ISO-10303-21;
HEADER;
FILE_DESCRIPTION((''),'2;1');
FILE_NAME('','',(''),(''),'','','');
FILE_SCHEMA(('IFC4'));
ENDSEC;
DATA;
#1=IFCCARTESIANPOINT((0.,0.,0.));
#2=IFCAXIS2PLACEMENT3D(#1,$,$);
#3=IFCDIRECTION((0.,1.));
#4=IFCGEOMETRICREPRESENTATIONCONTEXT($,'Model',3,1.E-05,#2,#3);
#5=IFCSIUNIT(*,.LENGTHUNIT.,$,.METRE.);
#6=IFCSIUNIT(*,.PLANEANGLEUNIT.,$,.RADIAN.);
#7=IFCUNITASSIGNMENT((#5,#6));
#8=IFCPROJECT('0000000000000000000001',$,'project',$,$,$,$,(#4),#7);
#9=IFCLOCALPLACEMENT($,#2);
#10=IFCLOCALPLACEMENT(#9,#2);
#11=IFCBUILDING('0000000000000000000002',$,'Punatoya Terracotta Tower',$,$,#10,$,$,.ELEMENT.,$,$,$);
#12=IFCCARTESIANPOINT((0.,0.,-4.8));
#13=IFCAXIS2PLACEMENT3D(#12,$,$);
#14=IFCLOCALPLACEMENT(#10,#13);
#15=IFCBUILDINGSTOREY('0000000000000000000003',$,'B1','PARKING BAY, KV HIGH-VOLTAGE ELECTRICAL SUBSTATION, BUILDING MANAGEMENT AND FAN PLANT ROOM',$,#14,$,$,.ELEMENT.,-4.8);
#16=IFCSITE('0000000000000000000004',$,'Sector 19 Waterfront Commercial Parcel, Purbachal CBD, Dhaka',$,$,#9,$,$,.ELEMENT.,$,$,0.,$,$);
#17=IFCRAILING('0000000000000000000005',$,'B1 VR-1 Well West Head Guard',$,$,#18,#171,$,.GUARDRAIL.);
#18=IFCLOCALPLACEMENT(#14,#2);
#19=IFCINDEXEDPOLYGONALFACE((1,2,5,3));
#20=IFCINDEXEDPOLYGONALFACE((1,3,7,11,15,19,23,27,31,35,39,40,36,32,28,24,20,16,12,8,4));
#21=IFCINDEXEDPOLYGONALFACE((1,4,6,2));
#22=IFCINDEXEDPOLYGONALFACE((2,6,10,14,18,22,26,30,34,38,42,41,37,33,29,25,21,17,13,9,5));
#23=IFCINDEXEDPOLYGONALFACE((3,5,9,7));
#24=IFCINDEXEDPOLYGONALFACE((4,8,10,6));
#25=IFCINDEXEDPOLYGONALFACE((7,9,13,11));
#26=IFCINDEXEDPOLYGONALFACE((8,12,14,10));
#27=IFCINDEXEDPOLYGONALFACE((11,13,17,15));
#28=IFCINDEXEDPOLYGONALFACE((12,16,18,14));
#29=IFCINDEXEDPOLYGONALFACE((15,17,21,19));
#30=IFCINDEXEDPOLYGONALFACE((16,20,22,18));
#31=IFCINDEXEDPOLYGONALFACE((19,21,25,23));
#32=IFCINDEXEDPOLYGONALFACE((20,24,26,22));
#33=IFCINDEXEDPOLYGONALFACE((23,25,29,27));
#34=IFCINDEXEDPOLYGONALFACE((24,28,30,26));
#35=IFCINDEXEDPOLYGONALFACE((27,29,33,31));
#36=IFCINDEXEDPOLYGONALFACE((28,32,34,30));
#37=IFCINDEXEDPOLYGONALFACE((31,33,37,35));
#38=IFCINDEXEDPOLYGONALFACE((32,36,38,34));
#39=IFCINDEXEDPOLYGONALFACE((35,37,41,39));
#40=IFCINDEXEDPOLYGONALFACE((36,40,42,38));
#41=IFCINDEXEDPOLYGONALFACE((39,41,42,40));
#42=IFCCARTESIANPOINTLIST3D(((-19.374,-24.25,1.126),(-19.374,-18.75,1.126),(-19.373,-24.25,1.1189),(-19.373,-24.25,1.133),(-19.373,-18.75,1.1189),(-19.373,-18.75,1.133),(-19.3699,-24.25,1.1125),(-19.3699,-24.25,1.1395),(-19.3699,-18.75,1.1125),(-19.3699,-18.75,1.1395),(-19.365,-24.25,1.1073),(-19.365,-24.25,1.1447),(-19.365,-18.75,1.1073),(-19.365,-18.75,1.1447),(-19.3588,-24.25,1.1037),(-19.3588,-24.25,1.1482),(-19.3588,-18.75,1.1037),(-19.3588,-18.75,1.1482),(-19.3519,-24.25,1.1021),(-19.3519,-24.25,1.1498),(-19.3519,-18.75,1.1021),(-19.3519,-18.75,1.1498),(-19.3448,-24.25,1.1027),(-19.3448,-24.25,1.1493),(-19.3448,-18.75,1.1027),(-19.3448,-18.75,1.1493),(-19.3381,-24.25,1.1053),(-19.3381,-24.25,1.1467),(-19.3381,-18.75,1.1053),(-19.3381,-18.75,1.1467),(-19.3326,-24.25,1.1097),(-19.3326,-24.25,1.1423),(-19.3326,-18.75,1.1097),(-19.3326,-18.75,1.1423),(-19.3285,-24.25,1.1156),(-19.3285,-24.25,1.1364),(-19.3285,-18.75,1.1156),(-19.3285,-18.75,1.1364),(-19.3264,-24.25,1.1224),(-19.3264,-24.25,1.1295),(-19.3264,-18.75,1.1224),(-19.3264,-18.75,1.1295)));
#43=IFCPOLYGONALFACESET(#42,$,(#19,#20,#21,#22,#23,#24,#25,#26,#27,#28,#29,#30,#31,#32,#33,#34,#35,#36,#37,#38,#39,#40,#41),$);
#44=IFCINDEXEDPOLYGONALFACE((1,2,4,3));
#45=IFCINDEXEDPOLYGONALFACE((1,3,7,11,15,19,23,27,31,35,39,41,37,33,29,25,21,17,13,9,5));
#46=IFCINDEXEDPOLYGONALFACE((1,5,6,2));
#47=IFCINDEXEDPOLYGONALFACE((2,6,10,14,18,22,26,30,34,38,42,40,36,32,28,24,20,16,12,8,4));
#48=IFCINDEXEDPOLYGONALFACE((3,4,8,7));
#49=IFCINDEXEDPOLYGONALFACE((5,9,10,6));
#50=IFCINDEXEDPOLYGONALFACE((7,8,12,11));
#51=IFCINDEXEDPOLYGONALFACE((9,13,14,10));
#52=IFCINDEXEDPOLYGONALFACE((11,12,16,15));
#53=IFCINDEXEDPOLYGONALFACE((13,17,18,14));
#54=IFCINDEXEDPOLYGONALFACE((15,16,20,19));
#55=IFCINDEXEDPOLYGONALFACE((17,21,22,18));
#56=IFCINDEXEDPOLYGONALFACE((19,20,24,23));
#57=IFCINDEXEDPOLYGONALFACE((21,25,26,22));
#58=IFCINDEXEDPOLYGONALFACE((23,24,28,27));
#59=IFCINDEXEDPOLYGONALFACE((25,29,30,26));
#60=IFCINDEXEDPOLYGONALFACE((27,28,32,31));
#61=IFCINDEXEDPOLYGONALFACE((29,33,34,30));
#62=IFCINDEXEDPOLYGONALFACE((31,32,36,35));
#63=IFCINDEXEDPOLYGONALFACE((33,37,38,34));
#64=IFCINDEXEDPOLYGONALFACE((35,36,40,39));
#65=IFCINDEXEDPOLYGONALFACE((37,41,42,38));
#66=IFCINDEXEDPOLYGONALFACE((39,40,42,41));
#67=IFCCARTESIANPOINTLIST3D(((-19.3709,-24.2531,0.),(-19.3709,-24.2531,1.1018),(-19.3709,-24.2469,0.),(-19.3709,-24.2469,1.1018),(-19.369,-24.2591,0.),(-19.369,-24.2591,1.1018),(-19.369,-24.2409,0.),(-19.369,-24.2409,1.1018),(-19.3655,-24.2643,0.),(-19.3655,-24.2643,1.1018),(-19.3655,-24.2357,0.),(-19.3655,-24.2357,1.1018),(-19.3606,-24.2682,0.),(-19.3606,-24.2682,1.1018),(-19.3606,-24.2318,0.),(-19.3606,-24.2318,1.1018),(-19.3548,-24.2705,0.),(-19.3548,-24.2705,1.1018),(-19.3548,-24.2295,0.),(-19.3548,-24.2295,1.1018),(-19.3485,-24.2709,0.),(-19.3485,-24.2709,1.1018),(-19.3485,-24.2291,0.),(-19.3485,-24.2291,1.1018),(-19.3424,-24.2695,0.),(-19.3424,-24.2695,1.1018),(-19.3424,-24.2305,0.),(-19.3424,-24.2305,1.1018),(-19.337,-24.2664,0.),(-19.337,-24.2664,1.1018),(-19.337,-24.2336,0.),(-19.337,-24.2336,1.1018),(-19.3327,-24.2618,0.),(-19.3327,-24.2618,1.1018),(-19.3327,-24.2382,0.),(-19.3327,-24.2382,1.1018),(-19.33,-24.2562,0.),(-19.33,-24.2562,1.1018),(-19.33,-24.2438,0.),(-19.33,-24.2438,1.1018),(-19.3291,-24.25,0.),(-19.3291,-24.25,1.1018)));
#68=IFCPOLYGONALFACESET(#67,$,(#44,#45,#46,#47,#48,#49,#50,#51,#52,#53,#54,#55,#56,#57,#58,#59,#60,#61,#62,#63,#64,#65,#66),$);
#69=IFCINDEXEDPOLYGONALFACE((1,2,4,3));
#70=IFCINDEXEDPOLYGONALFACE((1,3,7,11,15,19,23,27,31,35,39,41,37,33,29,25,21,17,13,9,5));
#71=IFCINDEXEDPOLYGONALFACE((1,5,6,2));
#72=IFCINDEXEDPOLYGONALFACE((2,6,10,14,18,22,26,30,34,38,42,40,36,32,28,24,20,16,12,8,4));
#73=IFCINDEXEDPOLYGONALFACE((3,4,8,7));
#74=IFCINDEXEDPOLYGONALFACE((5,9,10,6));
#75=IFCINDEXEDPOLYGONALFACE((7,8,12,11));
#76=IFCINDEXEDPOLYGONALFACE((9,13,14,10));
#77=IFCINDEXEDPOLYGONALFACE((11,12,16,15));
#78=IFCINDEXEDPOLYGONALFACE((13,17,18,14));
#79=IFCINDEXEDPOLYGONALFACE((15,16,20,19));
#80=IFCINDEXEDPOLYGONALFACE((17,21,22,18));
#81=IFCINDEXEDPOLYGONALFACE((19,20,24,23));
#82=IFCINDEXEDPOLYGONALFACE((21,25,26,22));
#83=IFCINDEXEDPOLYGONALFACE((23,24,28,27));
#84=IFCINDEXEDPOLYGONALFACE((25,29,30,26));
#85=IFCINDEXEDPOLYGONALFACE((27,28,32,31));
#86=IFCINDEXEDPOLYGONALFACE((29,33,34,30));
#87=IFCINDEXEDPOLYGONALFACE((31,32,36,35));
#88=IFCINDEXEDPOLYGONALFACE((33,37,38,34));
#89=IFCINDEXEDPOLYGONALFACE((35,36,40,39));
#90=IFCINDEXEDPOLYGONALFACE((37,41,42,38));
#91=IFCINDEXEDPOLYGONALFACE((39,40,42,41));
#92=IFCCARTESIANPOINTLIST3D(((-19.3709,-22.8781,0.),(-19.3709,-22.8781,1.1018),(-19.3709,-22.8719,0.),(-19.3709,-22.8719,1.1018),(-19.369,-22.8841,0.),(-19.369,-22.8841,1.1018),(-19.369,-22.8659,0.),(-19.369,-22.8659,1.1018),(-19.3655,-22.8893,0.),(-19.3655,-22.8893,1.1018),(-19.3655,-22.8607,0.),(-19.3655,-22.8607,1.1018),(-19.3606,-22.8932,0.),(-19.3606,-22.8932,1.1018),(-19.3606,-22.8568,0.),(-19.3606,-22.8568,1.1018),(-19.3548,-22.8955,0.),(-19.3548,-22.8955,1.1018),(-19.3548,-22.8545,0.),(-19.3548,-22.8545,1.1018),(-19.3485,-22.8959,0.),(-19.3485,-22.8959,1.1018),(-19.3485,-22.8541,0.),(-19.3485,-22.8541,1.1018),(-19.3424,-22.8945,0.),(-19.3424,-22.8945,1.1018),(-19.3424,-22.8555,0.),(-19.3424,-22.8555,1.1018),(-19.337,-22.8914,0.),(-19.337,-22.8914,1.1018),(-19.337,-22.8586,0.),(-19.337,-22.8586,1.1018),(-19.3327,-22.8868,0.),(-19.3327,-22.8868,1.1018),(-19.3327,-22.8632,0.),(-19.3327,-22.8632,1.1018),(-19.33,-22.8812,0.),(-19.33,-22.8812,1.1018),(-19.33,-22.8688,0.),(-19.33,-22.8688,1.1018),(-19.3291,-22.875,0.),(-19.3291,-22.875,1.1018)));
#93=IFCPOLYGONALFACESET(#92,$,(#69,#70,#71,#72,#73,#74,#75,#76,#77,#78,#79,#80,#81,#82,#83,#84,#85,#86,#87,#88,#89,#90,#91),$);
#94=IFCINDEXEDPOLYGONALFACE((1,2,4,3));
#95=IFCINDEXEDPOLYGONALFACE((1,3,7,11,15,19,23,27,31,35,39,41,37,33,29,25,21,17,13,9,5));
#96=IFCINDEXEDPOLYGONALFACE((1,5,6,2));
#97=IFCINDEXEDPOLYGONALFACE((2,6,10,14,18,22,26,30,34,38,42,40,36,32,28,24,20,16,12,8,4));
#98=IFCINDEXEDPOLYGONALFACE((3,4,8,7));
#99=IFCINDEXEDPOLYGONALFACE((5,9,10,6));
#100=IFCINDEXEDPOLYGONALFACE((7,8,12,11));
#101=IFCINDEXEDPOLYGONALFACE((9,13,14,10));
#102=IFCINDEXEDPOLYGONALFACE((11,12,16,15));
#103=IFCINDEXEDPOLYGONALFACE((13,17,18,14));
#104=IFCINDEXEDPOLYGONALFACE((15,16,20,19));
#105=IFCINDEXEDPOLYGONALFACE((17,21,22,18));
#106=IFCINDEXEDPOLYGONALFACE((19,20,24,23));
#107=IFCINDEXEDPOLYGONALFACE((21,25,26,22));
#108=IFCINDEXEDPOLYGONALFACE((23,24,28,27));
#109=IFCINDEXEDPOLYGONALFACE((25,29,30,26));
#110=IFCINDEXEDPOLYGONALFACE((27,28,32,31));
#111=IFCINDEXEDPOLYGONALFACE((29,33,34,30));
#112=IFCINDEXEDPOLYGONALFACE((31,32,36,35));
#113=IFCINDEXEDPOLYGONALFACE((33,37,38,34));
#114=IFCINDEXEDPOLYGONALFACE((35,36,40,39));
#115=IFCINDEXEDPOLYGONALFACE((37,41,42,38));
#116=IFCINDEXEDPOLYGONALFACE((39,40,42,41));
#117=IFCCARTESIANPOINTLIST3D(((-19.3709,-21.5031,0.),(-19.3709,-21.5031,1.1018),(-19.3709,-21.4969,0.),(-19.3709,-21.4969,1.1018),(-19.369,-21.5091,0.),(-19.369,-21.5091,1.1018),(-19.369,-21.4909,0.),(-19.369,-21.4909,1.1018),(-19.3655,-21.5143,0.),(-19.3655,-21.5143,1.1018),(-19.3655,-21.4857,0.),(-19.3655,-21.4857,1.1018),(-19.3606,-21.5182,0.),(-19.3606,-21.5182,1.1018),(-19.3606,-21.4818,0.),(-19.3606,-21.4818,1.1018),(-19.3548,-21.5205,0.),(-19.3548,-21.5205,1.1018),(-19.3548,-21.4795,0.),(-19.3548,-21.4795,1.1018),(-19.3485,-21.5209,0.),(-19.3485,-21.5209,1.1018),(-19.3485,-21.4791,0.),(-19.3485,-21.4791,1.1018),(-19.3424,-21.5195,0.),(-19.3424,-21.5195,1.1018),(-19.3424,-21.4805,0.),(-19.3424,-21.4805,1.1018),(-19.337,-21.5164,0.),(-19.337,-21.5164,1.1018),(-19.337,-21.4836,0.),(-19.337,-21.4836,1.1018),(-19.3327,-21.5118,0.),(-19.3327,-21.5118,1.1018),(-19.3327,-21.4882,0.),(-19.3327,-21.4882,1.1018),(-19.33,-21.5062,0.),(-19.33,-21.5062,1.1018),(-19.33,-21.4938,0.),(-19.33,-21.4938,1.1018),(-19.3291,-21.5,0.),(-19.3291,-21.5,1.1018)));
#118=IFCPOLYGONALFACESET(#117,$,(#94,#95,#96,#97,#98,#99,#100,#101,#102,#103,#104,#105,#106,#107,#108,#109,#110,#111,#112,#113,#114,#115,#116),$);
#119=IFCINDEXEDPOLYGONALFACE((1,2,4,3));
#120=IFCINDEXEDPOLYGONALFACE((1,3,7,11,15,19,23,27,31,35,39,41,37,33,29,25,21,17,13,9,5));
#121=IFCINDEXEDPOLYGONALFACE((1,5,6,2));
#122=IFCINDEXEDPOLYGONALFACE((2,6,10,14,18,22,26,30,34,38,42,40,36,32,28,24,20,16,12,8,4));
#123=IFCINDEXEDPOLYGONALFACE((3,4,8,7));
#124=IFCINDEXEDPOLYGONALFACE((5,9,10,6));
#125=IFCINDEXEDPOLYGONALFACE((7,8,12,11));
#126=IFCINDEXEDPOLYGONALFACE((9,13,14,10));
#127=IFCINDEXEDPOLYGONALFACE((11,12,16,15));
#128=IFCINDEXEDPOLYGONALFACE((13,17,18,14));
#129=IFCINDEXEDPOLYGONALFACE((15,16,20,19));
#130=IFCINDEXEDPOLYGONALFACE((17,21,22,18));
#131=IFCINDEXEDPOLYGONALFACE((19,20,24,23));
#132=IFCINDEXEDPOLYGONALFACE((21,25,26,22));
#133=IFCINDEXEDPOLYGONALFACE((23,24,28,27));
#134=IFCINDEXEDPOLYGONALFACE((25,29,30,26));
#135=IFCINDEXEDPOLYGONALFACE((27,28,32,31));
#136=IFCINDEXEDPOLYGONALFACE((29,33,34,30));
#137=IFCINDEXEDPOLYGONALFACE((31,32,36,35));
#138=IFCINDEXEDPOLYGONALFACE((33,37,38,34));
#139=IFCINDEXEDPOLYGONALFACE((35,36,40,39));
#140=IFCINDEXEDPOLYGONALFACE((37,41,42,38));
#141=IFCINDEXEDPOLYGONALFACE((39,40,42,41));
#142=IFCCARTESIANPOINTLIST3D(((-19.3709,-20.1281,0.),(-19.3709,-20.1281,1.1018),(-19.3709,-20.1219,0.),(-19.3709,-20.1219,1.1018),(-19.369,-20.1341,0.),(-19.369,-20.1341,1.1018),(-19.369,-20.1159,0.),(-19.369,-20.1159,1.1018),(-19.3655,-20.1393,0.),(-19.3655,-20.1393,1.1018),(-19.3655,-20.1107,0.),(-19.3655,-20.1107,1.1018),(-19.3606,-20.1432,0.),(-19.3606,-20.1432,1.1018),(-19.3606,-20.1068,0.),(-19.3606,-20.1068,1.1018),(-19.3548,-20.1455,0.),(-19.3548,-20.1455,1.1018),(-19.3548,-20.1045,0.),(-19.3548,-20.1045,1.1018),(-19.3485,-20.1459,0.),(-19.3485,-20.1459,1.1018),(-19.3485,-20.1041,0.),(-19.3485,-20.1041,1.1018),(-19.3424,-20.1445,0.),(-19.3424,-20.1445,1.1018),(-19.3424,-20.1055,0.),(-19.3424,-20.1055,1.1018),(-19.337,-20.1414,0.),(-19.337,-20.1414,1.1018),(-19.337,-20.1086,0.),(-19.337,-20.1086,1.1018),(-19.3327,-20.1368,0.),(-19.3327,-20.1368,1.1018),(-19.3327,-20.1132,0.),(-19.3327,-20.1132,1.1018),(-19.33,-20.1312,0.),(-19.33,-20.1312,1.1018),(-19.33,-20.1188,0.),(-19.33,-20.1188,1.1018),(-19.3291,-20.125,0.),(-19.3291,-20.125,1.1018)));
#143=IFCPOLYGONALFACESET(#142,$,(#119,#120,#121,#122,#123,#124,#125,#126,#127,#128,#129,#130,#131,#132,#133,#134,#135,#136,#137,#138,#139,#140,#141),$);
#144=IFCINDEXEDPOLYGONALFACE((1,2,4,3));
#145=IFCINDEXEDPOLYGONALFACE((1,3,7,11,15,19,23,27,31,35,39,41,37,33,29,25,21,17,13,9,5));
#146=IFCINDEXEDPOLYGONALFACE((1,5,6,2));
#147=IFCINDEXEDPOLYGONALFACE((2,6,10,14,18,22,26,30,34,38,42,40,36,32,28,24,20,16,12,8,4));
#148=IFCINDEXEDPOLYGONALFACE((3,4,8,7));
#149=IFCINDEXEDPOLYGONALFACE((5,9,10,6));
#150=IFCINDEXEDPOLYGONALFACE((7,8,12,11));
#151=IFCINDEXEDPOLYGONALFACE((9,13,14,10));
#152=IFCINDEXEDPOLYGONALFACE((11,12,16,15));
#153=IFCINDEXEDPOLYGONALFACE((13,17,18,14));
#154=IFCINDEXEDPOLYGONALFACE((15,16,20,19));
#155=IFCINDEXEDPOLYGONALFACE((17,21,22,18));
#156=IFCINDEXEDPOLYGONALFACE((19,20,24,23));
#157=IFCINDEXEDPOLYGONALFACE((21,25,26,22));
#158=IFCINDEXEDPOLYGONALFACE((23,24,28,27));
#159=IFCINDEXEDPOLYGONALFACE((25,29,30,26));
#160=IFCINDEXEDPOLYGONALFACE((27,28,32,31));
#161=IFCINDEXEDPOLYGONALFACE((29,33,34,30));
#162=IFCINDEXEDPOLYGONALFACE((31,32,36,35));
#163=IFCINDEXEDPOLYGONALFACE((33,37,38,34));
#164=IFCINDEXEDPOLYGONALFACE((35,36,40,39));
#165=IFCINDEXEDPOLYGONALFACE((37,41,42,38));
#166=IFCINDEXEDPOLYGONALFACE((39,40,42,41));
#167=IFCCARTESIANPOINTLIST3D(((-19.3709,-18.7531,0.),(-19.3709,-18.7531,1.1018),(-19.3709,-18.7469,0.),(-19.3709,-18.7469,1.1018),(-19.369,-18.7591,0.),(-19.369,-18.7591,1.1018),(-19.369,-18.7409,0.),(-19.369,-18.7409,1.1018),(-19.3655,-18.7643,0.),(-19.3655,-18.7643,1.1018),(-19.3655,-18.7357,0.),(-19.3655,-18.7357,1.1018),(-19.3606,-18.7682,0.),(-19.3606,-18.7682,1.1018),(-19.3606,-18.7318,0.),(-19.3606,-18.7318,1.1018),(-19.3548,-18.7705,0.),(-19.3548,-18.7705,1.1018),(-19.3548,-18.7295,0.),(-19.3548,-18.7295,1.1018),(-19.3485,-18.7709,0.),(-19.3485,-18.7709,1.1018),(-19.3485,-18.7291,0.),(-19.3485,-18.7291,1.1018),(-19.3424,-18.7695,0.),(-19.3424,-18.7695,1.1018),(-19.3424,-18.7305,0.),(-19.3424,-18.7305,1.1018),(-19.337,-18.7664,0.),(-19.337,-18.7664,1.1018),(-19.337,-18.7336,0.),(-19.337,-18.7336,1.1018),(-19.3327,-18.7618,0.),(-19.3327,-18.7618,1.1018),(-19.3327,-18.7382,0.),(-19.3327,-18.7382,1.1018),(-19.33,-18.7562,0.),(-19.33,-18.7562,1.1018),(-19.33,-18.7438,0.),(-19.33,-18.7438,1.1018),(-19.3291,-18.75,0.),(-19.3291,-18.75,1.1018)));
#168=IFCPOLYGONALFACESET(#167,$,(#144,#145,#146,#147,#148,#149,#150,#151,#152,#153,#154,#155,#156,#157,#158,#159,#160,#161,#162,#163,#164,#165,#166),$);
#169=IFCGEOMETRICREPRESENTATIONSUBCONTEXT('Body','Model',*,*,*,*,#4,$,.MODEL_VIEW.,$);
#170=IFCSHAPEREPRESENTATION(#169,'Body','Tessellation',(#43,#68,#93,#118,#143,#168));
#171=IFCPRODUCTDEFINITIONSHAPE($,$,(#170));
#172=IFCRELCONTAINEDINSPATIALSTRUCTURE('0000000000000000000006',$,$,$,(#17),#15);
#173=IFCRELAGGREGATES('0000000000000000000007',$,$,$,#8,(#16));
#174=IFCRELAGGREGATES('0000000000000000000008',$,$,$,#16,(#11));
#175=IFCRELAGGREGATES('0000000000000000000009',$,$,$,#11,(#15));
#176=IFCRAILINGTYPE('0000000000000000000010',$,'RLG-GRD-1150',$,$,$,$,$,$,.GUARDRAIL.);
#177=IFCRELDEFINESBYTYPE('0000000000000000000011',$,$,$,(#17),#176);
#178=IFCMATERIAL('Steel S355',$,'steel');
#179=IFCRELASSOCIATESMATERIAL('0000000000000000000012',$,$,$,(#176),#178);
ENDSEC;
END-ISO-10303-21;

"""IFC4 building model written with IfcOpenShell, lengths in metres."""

from ifc_helpers import new_model, si_unit, direction, frame, origin, origin_2d, place, context, subcontext, project, spatial, circle, extrude, material, type_object, element, save


model = new_model("IFC4")

# Units and contexts
model_context = context("Model", 3, precision=1e-05, world=origin(), true_north=direction((0.0, 1.0)))
body_context = subcontext(model_context, "Body", "Model", "MODEL_VIEW")
ifc_project = project(units=[si_unit("LENGTHUNIT", "METRE"), si_unit("PLANEANGLEUNIT", "RADIAN")], contexts=[model_context])

# Site, building, storey
site_placement = place(None, origin())
site = spatial("IfcSite", under=ifc_project, at=site_placement, Name="Sector 19 Waterfront Commercial Parcel, Purbachal CBD, Dhaka", CompositionType="ELEMENT", RefElevation=0.0)
building_placement = place(site_placement, origin())
building = spatial("IfcBuilding", under=site, at=building_placement, Name="Punatoya Terracotta Tower", CompositionType="ELEMENT")
storey_placement = place(building_placement, frame((0.0, 0.0, -4.8)))
storey = spatial("IfcBuildingStorey", under=building, at=storey_placement, Name="B1", Description="PARKING BAY, KV HIGH-VOLTAGE ELECTRICAL SUBSTATION, BUILDING MANAGEMENT AND FAN PLANT ROOM", CompositionType="ELEMENT", Elevation=-4.8)

# Shared definitions
ifc_material_1 = material(Name="Steel S355", Category="steel")

# Railing
railing_type = type_object("IfcRailingType", Name="RLG-GRD-1150", PredefinedType="GUARDRAIL", material=ifc_material_1)
railing_1_placement = place(storey_placement, frame((-19.3501, -24.25, 0.0)))
element("IfcRailing", 1, at=railing_1_placement, inside=storey, type_object=railing_type, Name="B1 VR-1 Well West Head Guard", PredefinedType="GUARDRAIL", context=body_context, shape_type="SweptSolid", body=[
    extrude(circle(Radius=0.0239, at=origin_2d()), frame((0.0, 0.0, 1.126), z_axis=(0.0, 1.0, 0.0), x_axis=(-1.0, 0.0, 0.0)), (0.0, 0.0, 1.0), 5.5),
    extrude(circle(Radius=0.021, at=origin_2d()), origin(), (0.0, 0.0, 1.0), 1.1018),
    extrude(circle(Radius=0.021, at=origin_2d()), frame((0.0, 1.375, 0.0)), (0.0, 0.0, 1.0), 1.1018),
    extrude(circle(Radius=0.021, at=origin_2d()), frame((0.0, 2.75, 0.0)), (0.0, 0.0, 1.0), 1.1018),
    extrude(circle(Radius=0.021, at=origin_2d()), frame((0.0, 4.125, 0.0)), (0.0, 0.0, 1.0), 1.1018),
    extrude(circle(Radius=0.021, at=origin_2d()), frame((0.0, 5.5, 0.0)), (0.0, 0.0, 1.0), 1.1018),
])

save(model, "model.ifc")
